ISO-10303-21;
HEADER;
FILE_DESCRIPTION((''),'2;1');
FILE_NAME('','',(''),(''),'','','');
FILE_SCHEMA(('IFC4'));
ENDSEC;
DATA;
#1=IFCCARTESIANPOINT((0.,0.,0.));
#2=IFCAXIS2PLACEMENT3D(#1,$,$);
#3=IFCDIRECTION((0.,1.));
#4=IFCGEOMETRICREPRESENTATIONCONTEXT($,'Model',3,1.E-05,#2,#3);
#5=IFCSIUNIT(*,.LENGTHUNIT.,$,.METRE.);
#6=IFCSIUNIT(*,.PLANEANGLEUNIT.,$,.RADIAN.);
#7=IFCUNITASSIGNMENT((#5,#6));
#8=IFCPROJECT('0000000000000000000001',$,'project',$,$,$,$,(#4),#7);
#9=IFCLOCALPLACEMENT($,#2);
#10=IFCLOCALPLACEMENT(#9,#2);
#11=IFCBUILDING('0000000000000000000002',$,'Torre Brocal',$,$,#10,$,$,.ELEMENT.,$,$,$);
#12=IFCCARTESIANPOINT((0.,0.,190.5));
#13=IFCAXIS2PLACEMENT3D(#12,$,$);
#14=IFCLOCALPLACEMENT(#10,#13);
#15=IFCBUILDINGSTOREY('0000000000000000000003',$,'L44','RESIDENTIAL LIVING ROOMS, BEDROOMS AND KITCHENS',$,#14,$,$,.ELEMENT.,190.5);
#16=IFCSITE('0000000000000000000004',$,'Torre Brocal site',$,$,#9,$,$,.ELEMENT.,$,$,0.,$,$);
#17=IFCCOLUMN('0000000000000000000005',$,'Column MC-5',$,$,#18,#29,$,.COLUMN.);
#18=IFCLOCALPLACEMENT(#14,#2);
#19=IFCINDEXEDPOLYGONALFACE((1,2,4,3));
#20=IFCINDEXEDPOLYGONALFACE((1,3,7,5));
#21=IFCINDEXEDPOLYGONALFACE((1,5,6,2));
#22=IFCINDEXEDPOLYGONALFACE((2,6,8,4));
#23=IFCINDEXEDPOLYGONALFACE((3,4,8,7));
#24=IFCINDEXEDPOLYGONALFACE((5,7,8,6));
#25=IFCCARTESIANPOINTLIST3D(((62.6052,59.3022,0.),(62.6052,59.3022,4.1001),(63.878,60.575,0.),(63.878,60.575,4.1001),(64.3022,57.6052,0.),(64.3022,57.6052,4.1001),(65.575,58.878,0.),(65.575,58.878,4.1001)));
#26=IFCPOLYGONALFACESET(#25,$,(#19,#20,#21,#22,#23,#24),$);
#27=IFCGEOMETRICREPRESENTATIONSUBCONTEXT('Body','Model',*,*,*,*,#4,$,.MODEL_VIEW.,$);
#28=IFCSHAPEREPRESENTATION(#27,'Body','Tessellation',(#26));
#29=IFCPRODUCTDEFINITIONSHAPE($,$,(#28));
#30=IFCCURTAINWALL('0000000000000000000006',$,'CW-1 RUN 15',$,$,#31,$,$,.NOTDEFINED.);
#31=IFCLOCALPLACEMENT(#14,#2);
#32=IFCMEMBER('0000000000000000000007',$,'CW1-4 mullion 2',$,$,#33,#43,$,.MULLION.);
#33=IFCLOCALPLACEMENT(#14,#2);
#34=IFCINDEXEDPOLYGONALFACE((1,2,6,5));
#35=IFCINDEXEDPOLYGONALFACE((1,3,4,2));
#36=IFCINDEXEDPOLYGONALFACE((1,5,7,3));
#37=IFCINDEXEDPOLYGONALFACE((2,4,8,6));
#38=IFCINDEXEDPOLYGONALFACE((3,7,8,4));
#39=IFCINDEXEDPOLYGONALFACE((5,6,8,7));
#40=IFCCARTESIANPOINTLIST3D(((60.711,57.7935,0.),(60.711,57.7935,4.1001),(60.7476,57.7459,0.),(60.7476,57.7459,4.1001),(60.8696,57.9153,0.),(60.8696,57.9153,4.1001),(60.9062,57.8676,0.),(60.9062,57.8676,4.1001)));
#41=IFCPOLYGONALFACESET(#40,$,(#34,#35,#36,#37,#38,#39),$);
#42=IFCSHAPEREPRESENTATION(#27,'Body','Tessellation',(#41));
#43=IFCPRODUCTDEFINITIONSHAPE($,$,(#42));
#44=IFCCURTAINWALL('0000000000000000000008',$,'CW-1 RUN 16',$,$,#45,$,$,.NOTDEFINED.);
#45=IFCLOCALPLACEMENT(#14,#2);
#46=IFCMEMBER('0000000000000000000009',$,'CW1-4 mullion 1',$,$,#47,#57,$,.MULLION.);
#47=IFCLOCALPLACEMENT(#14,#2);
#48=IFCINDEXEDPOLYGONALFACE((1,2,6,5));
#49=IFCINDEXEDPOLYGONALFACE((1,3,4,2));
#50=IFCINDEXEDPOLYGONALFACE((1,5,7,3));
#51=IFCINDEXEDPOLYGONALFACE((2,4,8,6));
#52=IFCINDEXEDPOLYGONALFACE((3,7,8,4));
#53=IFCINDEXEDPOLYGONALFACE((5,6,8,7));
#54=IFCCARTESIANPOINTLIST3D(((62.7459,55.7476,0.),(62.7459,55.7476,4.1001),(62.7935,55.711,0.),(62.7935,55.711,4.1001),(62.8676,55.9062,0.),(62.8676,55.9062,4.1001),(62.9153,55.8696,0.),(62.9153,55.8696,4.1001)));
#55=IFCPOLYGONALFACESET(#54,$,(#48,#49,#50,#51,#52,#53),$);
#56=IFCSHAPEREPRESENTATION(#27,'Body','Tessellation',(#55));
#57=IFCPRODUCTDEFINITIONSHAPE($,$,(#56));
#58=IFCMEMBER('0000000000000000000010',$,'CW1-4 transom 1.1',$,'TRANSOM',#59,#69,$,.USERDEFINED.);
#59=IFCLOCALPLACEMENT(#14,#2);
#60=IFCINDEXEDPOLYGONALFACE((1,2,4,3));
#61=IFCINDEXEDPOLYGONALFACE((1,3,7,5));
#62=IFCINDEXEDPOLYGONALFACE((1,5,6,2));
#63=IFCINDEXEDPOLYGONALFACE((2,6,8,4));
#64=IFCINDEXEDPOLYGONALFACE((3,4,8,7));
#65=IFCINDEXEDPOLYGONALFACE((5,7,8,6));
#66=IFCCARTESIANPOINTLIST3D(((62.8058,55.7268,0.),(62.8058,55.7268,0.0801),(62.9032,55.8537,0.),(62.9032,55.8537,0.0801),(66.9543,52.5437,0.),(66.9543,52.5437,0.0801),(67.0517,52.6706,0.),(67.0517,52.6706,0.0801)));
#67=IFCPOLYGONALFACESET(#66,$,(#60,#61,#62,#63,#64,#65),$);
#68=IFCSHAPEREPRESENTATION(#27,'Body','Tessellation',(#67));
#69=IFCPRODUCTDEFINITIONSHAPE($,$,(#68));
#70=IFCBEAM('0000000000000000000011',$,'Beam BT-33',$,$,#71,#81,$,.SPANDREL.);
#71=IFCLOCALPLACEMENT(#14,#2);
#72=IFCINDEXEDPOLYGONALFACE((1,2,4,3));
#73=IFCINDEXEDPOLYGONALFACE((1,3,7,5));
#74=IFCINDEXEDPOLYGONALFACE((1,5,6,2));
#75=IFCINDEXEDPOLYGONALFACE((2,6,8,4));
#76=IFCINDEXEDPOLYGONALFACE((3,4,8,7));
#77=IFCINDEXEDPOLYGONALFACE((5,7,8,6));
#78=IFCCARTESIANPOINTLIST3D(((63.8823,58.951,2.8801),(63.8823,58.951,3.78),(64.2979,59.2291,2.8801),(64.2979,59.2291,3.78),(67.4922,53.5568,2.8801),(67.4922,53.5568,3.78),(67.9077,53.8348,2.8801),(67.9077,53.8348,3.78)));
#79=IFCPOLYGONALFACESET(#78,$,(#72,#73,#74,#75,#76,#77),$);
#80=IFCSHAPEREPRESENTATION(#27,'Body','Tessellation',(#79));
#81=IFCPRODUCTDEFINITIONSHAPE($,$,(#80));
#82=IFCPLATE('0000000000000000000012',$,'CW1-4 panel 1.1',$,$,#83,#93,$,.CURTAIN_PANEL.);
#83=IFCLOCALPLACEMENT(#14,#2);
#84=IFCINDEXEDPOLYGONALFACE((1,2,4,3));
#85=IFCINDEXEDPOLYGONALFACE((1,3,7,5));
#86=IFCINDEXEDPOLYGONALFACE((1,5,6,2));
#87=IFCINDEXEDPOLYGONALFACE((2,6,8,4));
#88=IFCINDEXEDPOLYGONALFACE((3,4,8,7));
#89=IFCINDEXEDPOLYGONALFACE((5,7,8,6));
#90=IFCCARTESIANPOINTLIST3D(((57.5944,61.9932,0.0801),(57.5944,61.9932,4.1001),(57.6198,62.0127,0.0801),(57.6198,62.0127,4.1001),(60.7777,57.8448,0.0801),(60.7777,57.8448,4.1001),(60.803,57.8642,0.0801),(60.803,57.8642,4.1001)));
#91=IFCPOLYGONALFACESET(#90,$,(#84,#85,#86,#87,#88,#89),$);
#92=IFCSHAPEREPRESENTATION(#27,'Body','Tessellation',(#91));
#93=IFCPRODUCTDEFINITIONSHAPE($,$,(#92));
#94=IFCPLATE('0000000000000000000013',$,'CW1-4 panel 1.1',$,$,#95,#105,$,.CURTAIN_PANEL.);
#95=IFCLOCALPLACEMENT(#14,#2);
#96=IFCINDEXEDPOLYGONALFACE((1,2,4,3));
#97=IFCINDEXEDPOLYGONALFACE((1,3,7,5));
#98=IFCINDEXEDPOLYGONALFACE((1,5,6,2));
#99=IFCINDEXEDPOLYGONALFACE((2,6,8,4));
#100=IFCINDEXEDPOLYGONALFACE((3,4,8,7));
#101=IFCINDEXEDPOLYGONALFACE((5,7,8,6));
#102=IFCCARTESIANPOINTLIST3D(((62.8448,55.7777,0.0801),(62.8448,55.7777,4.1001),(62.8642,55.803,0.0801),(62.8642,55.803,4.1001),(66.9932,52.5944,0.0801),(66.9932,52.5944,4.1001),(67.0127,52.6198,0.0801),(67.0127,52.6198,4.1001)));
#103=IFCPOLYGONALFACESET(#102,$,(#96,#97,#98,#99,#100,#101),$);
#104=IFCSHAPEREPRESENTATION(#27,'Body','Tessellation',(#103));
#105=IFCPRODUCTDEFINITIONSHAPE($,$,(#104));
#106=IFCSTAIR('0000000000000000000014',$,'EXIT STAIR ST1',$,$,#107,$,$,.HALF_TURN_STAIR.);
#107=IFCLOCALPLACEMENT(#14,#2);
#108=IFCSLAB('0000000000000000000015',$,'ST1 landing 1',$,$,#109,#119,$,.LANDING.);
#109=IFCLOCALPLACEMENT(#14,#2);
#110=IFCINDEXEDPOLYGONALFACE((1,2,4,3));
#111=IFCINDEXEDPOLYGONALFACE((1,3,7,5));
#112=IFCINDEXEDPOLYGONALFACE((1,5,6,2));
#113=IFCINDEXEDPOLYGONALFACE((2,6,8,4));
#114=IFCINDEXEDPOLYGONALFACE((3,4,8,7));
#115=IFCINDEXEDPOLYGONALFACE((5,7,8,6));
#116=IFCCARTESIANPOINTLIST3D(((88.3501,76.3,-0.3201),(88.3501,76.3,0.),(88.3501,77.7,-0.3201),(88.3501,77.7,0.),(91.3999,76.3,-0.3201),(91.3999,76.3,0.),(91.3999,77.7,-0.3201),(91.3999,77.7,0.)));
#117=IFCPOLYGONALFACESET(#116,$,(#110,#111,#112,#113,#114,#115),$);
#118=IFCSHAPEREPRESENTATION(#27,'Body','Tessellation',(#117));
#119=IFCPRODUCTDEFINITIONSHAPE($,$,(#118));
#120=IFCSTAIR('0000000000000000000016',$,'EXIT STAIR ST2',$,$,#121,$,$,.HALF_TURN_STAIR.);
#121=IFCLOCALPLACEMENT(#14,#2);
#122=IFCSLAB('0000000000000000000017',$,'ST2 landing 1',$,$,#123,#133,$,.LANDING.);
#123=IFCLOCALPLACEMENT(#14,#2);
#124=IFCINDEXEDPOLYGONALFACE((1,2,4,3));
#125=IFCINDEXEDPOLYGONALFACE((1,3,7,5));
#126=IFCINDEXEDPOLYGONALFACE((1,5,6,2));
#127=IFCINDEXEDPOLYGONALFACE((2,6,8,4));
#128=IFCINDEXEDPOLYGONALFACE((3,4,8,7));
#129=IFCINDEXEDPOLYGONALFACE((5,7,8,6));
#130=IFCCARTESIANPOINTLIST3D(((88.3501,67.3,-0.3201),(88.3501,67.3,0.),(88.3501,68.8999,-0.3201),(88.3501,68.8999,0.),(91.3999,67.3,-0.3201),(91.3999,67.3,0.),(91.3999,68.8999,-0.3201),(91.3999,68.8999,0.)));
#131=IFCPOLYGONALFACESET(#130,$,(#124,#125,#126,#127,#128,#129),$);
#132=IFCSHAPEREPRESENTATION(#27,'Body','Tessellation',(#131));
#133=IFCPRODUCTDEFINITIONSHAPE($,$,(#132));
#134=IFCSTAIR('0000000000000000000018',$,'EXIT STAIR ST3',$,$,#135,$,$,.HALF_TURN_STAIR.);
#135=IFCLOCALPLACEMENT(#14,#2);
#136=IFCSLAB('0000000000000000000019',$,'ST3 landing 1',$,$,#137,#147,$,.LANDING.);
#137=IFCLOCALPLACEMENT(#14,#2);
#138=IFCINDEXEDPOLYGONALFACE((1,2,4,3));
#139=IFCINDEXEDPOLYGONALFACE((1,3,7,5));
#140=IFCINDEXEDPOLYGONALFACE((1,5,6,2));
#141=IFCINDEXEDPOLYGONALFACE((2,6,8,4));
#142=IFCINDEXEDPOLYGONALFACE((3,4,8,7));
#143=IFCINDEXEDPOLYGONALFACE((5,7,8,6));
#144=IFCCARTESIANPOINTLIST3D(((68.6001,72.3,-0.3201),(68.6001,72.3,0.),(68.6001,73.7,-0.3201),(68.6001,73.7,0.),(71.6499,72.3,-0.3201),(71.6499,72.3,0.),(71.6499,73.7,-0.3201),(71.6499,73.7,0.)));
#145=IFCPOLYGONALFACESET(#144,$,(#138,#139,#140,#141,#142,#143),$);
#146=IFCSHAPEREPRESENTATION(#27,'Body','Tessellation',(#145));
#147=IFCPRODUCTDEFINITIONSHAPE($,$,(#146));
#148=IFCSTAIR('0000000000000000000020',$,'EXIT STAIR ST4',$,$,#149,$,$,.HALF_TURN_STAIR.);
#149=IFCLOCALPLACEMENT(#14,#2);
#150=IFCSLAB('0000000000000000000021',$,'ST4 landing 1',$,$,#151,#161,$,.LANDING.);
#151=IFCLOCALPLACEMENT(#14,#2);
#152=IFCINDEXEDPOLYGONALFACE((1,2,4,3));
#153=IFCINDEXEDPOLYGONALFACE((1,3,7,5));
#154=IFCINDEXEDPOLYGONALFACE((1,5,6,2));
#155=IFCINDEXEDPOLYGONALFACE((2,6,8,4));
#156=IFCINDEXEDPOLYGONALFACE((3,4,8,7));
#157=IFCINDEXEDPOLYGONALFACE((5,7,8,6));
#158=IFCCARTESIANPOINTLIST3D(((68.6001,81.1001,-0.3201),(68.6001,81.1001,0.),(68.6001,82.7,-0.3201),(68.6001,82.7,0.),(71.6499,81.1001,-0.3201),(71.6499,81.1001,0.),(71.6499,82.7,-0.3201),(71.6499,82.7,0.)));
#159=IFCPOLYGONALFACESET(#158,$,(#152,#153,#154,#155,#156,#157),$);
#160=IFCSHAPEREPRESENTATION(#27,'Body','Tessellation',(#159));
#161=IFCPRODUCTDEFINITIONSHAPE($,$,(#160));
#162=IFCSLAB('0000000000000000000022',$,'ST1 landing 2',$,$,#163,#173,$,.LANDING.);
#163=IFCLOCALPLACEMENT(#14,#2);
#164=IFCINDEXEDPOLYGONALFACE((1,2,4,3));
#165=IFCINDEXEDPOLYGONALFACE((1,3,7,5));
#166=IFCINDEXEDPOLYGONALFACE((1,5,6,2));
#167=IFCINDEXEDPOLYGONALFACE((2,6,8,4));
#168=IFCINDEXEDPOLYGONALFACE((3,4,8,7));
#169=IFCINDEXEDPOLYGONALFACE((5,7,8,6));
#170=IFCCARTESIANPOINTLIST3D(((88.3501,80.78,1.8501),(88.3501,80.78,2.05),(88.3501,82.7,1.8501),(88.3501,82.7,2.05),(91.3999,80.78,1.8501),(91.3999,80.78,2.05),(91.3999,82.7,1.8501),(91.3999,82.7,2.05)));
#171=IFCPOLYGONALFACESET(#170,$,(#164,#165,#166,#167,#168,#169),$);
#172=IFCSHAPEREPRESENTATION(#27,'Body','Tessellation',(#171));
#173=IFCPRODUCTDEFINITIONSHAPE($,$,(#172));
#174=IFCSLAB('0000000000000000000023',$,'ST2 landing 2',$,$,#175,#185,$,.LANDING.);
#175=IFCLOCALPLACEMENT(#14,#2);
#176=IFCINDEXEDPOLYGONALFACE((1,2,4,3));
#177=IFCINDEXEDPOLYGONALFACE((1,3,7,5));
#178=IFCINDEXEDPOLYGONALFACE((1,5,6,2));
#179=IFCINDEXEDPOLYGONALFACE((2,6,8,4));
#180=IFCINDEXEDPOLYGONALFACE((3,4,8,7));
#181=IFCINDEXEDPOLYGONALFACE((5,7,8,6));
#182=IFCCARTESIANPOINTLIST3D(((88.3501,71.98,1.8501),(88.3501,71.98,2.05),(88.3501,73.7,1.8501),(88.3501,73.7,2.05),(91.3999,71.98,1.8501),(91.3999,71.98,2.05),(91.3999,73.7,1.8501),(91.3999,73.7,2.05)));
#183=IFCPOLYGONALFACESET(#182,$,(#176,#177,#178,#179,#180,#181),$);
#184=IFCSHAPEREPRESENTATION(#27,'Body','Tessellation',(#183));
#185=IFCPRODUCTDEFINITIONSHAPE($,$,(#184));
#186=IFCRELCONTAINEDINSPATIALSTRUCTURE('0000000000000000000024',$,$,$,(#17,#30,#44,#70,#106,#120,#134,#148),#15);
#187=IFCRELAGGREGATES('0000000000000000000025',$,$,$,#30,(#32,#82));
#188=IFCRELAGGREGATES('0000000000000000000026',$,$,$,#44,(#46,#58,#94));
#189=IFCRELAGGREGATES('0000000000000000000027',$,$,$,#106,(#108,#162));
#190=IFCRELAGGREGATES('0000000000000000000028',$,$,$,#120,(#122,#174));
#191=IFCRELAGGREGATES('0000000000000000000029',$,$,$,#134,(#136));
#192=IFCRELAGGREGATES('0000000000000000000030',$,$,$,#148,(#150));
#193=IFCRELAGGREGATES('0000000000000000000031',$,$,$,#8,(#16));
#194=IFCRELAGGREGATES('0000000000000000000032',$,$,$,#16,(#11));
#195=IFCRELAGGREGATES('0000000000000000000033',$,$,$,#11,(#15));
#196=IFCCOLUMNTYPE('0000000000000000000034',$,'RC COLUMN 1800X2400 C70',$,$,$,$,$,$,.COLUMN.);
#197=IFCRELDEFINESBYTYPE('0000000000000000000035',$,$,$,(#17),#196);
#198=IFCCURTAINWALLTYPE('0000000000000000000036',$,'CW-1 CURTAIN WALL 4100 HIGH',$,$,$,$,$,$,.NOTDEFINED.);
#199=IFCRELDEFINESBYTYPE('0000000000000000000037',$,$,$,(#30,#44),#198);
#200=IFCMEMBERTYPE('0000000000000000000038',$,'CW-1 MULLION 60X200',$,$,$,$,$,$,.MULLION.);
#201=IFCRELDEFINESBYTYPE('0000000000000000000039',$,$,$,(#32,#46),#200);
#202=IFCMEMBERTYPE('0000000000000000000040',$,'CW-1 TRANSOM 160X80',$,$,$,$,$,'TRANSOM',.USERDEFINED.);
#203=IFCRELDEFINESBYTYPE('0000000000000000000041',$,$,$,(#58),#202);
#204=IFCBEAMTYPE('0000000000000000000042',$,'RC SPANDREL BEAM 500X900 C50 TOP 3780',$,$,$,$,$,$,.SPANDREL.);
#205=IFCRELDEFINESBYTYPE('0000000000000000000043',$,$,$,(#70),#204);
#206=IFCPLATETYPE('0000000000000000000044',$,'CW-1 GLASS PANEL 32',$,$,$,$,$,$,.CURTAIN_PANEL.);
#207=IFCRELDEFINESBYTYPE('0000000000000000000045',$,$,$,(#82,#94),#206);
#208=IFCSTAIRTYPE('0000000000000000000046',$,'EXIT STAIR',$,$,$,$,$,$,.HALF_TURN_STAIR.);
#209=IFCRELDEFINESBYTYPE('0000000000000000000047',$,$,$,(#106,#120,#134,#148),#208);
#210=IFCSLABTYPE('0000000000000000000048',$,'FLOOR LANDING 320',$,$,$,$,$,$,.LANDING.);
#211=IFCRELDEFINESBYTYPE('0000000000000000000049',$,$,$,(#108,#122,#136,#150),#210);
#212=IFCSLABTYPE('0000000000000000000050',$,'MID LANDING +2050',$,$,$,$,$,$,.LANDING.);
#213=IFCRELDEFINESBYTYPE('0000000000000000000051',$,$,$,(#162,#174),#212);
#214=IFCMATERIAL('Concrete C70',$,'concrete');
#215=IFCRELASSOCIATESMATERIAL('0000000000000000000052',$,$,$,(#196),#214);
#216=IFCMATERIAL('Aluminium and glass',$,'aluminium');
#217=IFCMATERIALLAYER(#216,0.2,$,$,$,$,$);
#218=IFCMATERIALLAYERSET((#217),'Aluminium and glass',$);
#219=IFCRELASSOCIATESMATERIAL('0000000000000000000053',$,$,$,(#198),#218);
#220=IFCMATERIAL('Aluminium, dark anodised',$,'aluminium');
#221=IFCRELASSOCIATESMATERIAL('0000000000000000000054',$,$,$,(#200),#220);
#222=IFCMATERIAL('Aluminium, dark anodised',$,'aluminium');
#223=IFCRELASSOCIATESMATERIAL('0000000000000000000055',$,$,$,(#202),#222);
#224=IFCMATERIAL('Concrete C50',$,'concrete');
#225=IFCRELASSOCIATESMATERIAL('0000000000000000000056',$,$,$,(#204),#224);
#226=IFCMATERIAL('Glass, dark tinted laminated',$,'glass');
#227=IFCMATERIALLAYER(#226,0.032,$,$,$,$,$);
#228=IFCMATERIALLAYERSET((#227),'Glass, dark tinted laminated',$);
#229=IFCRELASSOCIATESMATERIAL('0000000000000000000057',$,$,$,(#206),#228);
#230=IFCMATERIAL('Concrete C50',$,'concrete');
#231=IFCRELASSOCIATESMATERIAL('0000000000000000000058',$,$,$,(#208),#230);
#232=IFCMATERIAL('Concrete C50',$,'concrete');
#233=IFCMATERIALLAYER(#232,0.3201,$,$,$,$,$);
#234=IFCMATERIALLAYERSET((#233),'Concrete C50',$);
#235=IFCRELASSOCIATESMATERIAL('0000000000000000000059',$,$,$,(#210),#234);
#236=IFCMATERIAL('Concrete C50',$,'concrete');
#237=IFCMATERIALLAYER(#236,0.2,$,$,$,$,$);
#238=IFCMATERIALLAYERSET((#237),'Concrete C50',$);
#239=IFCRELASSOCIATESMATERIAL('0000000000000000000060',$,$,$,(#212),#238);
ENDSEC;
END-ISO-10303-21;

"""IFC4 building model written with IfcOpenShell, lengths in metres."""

from ifc_helpers import new_model, si_unit, direction, frame, origin, origin_2d, place, context, subcontext, project, spatial, polyline, rectangle, outline, extrude, material, layer, layer_set, material_profile, profile_set, type_object, element, aggregate, save


model = new_model("IFC4")

# Units and contexts
model_context = context("Model", 3, precision=1e-05, world=origin(), true_north=direction((0.0, 1.0)))
body_context = subcontext(model_context, "Body", "Model", "MODEL_VIEW")
ifc_project = project(units=[si_unit("LENGTHUNIT", "METRE"), si_unit("PLANEANGLEUNIT", "RADIAN")], contexts=[model_context])

# Site, building, storey
site_placement = place(None, origin())
site = spatial("IfcSite", under=ifc_project, at=site_placement, Name="Torre Brocal site", CompositionType="ELEMENT", RefElevation=0.0)
building_placement = place(site_placement, origin())
building = spatial("IfcBuilding", under=site, at=building_placement, Name="Torre Brocal", CompositionType="ELEMENT")
storey_placement = place(building_placement, frame((0.0, 0.0, 190.5)))
storey = spatial("IfcBuildingStorey", under=building, at=storey_placement, Name="L44", Description="RESIDENTIAL LIVING ROOMS, BEDROOMS AND KITCHENS", CompositionType="ELEMENT", Elevation=190.5)

# Column
ifc_material_1 = material(Name="Concrete C70", Category="concrete")
ifc_material_profile_1 = material_profile(ifc_material_1, rectangle(XDim=1.8, YDim=2.3999, at=origin_2d()), Name="RC 1800X2400")
ifc_profile_set_1 = profile_set([ifc_material_profile_1], Name="Concrete C70")
column_type = type_object("IfcColumnType", Name="RC COLUMN 1800X2400 C70", PredefinedType="COLUMN", material=ifc_profile_set_1)
column_placement = place(storey_placement, frame((64.0901, 59.0901, 0.0), z_axis=(0.0, 0.0, 1.0), x_axis=(-0.707107, -0.707107, 0.0)))
element("IfcColumn", 1, at=column_placement, inside=storey, type_object=column_type, Name="Column MC-5", PredefinedType="COLUMN", context=body_context, shape_type="SweptSolid", body=[
    extrude(rectangle(XDim=1.8, YDim=2.3999, at=origin_2d()), origin(), (0.0, 0.0, 1.0), 4.1001),
])

# Curtain wall, member
ifc_material_2 = material(Name="Aluminium and glass", Category="aluminium")
ifc_layer_1 = layer(ifc_material_2, 0.2)
ifc_layer_set_1 = layer_set([ifc_layer_1], Name="Aluminium and glass")
curtain_wall_type = type_object("IfcCurtainWallType", Name="CW-1 CURTAIN WALL 4100 HIGH", PredefinedType="NOTDEFINED", material=ifc_layer_set_1)
curtain_wall_1_placement = place(storey_placement, origin())
curtain_wall_1 = element("IfcCurtainWall", 2, at=curtain_wall_1_placement, inside=storey, type_object=curtain_wall_type, Name="CW-1 RUN 15", PredefinedType="NOTDEFINED")
ifc_material_3 = material(Name="Aluminium, dark anodised", Category="aluminium")
ifc_material_profile_2 = material_profile(ifc_material_3, rectangle(XDim=0.2, YDim=0.0601, at=origin_2d()), Name="CW-1 MULLION 60X200")
ifc_profile_set_2 = profile_set([ifc_material_profile_2], Name="Aluminium, dark anodised")
member_type_1 = type_object("IfcMemberType", Name="CW-1 MULLION 60X200", PredefinedType="MULLION", material=ifc_profile_set_2)
member_1_placement = place(storey_placement, frame((60.8086, 57.8306, 0.0), z_axis=(0.0, 0.0, 1.0), x_axis=(0.793353, 0.608761, 0.0)))
member_1 = element("IfcMember", 3, at=member_1_placement, type_object=member_type_1, Name="CW1-4 mullion 2", PredefinedType="MULLION", context=body_context, shape_type="SweptSolid", body=[
    extrude(rectangle(XDim=0.2, YDim=0.0601, at=origin_2d()), origin(), (0.0, 0.0, 1.0), 4.1001),
])

# Curtain wall, members
curtain_wall_2_placement = place(storey_placement, origin())
curtain_wall_2 = element("IfcCurtainWall", 4, at=curtain_wall_2_placement, inside=storey, type_object=curtain_wall_type, Name="CW-1 RUN 16", PredefinedType="NOTDEFINED")
member_2_placement = place(storey_placement, frame((62.8306, 55.8086, 0.0), z_axis=(0.0, 0.0, 1.0), x_axis=(0.608761, 0.793353, 0.0)))
member_2 = element("IfcMember", 5, at=member_2_placement, type_object=member_type_1, Name="CW1-4 mullion 1", PredefinedType="MULLION", context=body_context, shape_type="SweptSolid", body=[
    extrude(rectangle(XDim=0.2, YDim=0.0601, at=origin_2d()), origin(), (0.0, 0.0, 1.0), 4.1001),
])
ifc_material_4 = material(Name="Aluminium, dark anodised", Category="aluminium")
ifc_material_profile_3 = material_profile(ifc_material_4, rectangle(XDim=0.1599, YDim=0.0801, at=origin_2d()), Name="CW-1 TRANSOM 160X80")
ifc_profile_set_3 = profile_set([ifc_material_profile_3], Name="Aluminium, dark anodised")
member_type_2 = type_object("IfcMemberType", Name="CW-1 TRANSOM 160X80", ElementType="TRANSOM", PredefinedType="USERDEFINED", material=ifc_profile_set_3)
member_3_placement = place(storey_placement, frame((62.8545, 55.7903, 0.04), z_axis=(0.793363, -0.608749, 0.0), x_axis=(0.608749, 0.793363, 0.0)))
member_3 = element("IfcMember", 6, at=member_3_placement, type_object=member_type_2, Name="CW1-4 transom 1.1", ObjectType="TRANSOM", PredefinedType="USERDEFINED", context=body_context, shape_type="SweptSolid", body=[
    extrude(rectangle(XDim=0.1599, YDim=0.0801, at=origin_2d()), origin(), (0.0, 0.0, 1.0), 5.229),
])

# Beam
ifc_material_5 = material(Name="Concrete C50", Category="concrete")
ifc_material_profile_4 = material_profile(ifc_material_5, rectangle(XDim=0.5, YDim=0.8999, at=origin_2d()), Name="RC 500X900")
ifc_profile_set_4 = profile_set([ifc_material_profile_4], Name="Concrete C50")
beam_type = type_object("IfcBeamType", Name="RC SPANDREL BEAM 500X900 C50 TOP 3780", PredefinedType="SPANDREL", material=ifc_profile_set_4)
beam_placement = place(storey_placement, frame((64.0901, 59.0901, 3.3301), z_axis=(0.556158, -0.831077, 0.0), x_axis=(0.831077, 0.556158, 0.0)))
element("IfcBeam", 7, at=beam_placement, inside=storey, type_object=beam_type, Name="Beam BT-33", PredefinedType="SPANDREL", context=body_context, shape_type="SweptSolid", body=[
    extrude(rectangle(XDim=0.5, YDim=0.8999, at=origin_2d()), origin(), (0.0, 0.0, 1.0), 6.4907),
])

# Plates
ifc_material_6 = material(Name="Glass, dark tinted laminated", Category="glass")
ifc_layer_2 = layer(ifc_material_6, 0.032)
ifc_layer_set_2 = layer_set([ifc_layer_2], Name="Glass, dark tinted laminated")
plate_type = type_object("IfcPlateType", Name="CW-1 GLASS PANEL 32", PredefinedType="CURTAIN_PANEL", material=ifc_layer_set_2)
plate_1_placement = place(storey_placement, frame((59.1987, 59.9287, 0.0801), z_axis=(0.0, 0.0, 1.0), x_axis=(0.608761, -0.793353, 0.0)))
plate_1 = element("IfcPlate", 8, at=plate_1_placement, type_object=plate_type, Name="CW1-4 panel 1.1", PredefinedType="CURTAIN_PANEL", context=body_context, shape_type="SweptSolid", body=[
    extrude(rectangle(XDim=5.229, YDim=0.032, at=origin_2d()), origin(), (0.0, 0.0, 1.0), 4.02),
])
aggregate(curtain_wall_1, [member_1, plate_1])
plate_2_placement = place(storey_placement, frame((64.9287, 54.1987, 0.0801), z_axis=(0.0, 0.0, 1.0), x_axis=(0.793353, -0.608761, 0.0)))
plate_2 = element("IfcPlate", 9, at=plate_2_placement, type_object=plate_type, Name="CW1-4 panel 1.1", PredefinedType="CURTAIN_PANEL", context=body_context, shape_type="SweptSolid", body=[
    extrude(rectangle(XDim=5.229, YDim=0.032, at=origin_2d()), origin(), (0.0, 0.0, 1.0), 4.02),
])
aggregate(curtain_wall_2, [member_2, member_3, plate_2])

# Stairs, slabs
ifc_material_7 = material(Name="Concrete C50", Category="concrete")
stair_type = type_object("IfcStairType", Name="EXIT STAIR", PredefinedType="HALF_TURN_STAIR", material=ifc_material_7)
stair_1_placement = place(storey_placement, origin())
stair_1 = element("IfcStair", 10, at=stair_1_placement, inside=storey, type_object=stair_type, Name="EXIT STAIR ST1", PredefinedType="HALF_TURN_STAIR")
ifc_material_8 = material(Name="Concrete C50", Category="concrete")
ifc_layer_3 = layer(ifc_material_8, 0.3201)
ifc_layer_set_3 = layer_set([ifc_layer_3], Name="Concrete C50")
slab_type_1 = type_object("IfcSlabType", Name="FLOOR LANDING 320", PredefinedType="LANDING", material=ifc_layer_set_3)
slab_1_placement = place(storey_placement, frame((0.0, 0.0, -0.3201)))
slab_1 = element("IfcSlab", 11, at=slab_1_placement, type_object=slab_type_1, Name="ST1 landing 1", PredefinedType="LANDING", context=body_context, shape_type="SweptSolid", body=[
    extrude(outline(polyline([(88.3501, 76.3), (91.3999, 76.3), (91.3999, 77.7), (88.3501, 77.7), (88.3501, 76.3)])), origin(), (0.0, 0.0, 1.0), 0.3201),
])
stair_2_placement = place(storey_placement, origin())
stair_2 = element("IfcStair", 12, at=stair_2_placement, inside=storey, type_object=stair_type, Name="EXIT STAIR ST2", PredefinedType="HALF_TURN_STAIR")
slab_2_placement = place(storey_placement, frame((0.0, 0.0, -0.3201)))
slab_2 = element("IfcSlab", 13, at=slab_2_placement, type_object=slab_type_1, Name="ST2 landing 1", PredefinedType="LANDING", context=body_context, shape_type="SweptSolid", body=[
    extrude(outline(polyline([(88.3501, 67.3), (91.3999, 67.3), (91.3999, 68.8999), (88.3501, 68.8999), (88.3501, 67.3)])), origin(), (0.0, 0.0, 1.0), 0.3201),
])
stair_3_placement = place(storey_placement, origin())
stair_3 = element("IfcStair", 14, at=stair_3_placement, inside=storey, type_object=stair_type, Name="EXIT STAIR ST3", PredefinedType="HALF_TURN_STAIR")
slab_3_placement = place(storey_placement, frame((0.0, 0.0, -0.3201)))
slab_3 = element("IfcSlab", 15, at=slab_3_placement, type_object=slab_type_1, Name="ST3 landing 1", PredefinedType="LANDING", context=body_context, shape_type="SweptSolid", body=[
    extrude(outline(polyline([(71.6499, 73.7), (68.6001, 73.7), (68.6001, 72.3), (71.6499, 72.3), (71.6499, 73.7)])), origin(), (0.0, 0.0, 1.0), 0.3201),
])
stair_4_placement = place(storey_placement, origin())
stair_4 = element("IfcStair", 16, at=stair_4_placement, inside=storey, type_object=stair_type, Name="EXIT STAIR ST4", PredefinedType="HALF_TURN_STAIR")
slab_4_placement = place(storey_placement, frame((0.0, 0.0, -0.3201)))
slab_4 = element("IfcSlab", 17, at=slab_4_placement, type_object=slab_type_1, Name="ST4 landing 1", PredefinedType="LANDING", context=body_context, shape_type="SweptSolid", body=[
    extrude(outline(polyline([(71.6499, 82.7), (68.6001, 82.7), (68.6001, 81.1001), (71.6499, 81.1001), (71.6499, 82.7)])), origin(), (0.0, 0.0, 1.0), 0.3201),
])

# Slabs
ifc_material_9 = material(Name="Concrete C50", Category="concrete")
ifc_layer_4 = layer(ifc_material_9, 0.2)
ifc_layer_set_4 = layer_set([ifc_layer_4], Name="Concrete C50")
slab_type_2 = type_object("IfcSlabType", Name="MID LANDING +2050", PredefinedType="LANDING", material=ifc_layer_set_4)
slab_5_placement = place(storey_placement, frame((0.0, 0.0, 1.8501)))
slab_5 = element("IfcSlab", 18, at=slab_5_placement, type_object=slab_type_2, Name="ST1 landing 2", PredefinedType="LANDING", context=body_context, shape_type="SweptSolid", body=[
    extrude(outline(polyline([(88.3501, 80.78), (91.3999, 80.78), (91.3999, 82.7), (88.3501, 82.7), (88.3501, 80.78)])), origin(), (0.0, 0.0, 1.0), 0.2),
])
aggregate(stair_1, [slab_1, slab_5])
slab_6_placement = place(storey_placement, frame((0.0, 0.0, 1.8501)))
slab_6 = element("IfcSlab", 19, at=slab_6_placement, type_object=slab_type_2, Name="ST2 landing 2", PredefinedType="LANDING", context=body_context, shape_type="SweptSolid", body=[
    extrude(outline(polyline([(88.3501, 71.98), (91.3999, 71.98), (91.3999, 73.7), (88.3501, 73.7), (88.3501, 71.98)])), origin(), (0.0, 0.0, 1.0), 0.2),
])
aggregate(stair_2, [slab_2, slab_6])
aggregate(stair_3, [slab_3])
aggregate(stair_4, [slab_4])

save(model, "model.ifc")
